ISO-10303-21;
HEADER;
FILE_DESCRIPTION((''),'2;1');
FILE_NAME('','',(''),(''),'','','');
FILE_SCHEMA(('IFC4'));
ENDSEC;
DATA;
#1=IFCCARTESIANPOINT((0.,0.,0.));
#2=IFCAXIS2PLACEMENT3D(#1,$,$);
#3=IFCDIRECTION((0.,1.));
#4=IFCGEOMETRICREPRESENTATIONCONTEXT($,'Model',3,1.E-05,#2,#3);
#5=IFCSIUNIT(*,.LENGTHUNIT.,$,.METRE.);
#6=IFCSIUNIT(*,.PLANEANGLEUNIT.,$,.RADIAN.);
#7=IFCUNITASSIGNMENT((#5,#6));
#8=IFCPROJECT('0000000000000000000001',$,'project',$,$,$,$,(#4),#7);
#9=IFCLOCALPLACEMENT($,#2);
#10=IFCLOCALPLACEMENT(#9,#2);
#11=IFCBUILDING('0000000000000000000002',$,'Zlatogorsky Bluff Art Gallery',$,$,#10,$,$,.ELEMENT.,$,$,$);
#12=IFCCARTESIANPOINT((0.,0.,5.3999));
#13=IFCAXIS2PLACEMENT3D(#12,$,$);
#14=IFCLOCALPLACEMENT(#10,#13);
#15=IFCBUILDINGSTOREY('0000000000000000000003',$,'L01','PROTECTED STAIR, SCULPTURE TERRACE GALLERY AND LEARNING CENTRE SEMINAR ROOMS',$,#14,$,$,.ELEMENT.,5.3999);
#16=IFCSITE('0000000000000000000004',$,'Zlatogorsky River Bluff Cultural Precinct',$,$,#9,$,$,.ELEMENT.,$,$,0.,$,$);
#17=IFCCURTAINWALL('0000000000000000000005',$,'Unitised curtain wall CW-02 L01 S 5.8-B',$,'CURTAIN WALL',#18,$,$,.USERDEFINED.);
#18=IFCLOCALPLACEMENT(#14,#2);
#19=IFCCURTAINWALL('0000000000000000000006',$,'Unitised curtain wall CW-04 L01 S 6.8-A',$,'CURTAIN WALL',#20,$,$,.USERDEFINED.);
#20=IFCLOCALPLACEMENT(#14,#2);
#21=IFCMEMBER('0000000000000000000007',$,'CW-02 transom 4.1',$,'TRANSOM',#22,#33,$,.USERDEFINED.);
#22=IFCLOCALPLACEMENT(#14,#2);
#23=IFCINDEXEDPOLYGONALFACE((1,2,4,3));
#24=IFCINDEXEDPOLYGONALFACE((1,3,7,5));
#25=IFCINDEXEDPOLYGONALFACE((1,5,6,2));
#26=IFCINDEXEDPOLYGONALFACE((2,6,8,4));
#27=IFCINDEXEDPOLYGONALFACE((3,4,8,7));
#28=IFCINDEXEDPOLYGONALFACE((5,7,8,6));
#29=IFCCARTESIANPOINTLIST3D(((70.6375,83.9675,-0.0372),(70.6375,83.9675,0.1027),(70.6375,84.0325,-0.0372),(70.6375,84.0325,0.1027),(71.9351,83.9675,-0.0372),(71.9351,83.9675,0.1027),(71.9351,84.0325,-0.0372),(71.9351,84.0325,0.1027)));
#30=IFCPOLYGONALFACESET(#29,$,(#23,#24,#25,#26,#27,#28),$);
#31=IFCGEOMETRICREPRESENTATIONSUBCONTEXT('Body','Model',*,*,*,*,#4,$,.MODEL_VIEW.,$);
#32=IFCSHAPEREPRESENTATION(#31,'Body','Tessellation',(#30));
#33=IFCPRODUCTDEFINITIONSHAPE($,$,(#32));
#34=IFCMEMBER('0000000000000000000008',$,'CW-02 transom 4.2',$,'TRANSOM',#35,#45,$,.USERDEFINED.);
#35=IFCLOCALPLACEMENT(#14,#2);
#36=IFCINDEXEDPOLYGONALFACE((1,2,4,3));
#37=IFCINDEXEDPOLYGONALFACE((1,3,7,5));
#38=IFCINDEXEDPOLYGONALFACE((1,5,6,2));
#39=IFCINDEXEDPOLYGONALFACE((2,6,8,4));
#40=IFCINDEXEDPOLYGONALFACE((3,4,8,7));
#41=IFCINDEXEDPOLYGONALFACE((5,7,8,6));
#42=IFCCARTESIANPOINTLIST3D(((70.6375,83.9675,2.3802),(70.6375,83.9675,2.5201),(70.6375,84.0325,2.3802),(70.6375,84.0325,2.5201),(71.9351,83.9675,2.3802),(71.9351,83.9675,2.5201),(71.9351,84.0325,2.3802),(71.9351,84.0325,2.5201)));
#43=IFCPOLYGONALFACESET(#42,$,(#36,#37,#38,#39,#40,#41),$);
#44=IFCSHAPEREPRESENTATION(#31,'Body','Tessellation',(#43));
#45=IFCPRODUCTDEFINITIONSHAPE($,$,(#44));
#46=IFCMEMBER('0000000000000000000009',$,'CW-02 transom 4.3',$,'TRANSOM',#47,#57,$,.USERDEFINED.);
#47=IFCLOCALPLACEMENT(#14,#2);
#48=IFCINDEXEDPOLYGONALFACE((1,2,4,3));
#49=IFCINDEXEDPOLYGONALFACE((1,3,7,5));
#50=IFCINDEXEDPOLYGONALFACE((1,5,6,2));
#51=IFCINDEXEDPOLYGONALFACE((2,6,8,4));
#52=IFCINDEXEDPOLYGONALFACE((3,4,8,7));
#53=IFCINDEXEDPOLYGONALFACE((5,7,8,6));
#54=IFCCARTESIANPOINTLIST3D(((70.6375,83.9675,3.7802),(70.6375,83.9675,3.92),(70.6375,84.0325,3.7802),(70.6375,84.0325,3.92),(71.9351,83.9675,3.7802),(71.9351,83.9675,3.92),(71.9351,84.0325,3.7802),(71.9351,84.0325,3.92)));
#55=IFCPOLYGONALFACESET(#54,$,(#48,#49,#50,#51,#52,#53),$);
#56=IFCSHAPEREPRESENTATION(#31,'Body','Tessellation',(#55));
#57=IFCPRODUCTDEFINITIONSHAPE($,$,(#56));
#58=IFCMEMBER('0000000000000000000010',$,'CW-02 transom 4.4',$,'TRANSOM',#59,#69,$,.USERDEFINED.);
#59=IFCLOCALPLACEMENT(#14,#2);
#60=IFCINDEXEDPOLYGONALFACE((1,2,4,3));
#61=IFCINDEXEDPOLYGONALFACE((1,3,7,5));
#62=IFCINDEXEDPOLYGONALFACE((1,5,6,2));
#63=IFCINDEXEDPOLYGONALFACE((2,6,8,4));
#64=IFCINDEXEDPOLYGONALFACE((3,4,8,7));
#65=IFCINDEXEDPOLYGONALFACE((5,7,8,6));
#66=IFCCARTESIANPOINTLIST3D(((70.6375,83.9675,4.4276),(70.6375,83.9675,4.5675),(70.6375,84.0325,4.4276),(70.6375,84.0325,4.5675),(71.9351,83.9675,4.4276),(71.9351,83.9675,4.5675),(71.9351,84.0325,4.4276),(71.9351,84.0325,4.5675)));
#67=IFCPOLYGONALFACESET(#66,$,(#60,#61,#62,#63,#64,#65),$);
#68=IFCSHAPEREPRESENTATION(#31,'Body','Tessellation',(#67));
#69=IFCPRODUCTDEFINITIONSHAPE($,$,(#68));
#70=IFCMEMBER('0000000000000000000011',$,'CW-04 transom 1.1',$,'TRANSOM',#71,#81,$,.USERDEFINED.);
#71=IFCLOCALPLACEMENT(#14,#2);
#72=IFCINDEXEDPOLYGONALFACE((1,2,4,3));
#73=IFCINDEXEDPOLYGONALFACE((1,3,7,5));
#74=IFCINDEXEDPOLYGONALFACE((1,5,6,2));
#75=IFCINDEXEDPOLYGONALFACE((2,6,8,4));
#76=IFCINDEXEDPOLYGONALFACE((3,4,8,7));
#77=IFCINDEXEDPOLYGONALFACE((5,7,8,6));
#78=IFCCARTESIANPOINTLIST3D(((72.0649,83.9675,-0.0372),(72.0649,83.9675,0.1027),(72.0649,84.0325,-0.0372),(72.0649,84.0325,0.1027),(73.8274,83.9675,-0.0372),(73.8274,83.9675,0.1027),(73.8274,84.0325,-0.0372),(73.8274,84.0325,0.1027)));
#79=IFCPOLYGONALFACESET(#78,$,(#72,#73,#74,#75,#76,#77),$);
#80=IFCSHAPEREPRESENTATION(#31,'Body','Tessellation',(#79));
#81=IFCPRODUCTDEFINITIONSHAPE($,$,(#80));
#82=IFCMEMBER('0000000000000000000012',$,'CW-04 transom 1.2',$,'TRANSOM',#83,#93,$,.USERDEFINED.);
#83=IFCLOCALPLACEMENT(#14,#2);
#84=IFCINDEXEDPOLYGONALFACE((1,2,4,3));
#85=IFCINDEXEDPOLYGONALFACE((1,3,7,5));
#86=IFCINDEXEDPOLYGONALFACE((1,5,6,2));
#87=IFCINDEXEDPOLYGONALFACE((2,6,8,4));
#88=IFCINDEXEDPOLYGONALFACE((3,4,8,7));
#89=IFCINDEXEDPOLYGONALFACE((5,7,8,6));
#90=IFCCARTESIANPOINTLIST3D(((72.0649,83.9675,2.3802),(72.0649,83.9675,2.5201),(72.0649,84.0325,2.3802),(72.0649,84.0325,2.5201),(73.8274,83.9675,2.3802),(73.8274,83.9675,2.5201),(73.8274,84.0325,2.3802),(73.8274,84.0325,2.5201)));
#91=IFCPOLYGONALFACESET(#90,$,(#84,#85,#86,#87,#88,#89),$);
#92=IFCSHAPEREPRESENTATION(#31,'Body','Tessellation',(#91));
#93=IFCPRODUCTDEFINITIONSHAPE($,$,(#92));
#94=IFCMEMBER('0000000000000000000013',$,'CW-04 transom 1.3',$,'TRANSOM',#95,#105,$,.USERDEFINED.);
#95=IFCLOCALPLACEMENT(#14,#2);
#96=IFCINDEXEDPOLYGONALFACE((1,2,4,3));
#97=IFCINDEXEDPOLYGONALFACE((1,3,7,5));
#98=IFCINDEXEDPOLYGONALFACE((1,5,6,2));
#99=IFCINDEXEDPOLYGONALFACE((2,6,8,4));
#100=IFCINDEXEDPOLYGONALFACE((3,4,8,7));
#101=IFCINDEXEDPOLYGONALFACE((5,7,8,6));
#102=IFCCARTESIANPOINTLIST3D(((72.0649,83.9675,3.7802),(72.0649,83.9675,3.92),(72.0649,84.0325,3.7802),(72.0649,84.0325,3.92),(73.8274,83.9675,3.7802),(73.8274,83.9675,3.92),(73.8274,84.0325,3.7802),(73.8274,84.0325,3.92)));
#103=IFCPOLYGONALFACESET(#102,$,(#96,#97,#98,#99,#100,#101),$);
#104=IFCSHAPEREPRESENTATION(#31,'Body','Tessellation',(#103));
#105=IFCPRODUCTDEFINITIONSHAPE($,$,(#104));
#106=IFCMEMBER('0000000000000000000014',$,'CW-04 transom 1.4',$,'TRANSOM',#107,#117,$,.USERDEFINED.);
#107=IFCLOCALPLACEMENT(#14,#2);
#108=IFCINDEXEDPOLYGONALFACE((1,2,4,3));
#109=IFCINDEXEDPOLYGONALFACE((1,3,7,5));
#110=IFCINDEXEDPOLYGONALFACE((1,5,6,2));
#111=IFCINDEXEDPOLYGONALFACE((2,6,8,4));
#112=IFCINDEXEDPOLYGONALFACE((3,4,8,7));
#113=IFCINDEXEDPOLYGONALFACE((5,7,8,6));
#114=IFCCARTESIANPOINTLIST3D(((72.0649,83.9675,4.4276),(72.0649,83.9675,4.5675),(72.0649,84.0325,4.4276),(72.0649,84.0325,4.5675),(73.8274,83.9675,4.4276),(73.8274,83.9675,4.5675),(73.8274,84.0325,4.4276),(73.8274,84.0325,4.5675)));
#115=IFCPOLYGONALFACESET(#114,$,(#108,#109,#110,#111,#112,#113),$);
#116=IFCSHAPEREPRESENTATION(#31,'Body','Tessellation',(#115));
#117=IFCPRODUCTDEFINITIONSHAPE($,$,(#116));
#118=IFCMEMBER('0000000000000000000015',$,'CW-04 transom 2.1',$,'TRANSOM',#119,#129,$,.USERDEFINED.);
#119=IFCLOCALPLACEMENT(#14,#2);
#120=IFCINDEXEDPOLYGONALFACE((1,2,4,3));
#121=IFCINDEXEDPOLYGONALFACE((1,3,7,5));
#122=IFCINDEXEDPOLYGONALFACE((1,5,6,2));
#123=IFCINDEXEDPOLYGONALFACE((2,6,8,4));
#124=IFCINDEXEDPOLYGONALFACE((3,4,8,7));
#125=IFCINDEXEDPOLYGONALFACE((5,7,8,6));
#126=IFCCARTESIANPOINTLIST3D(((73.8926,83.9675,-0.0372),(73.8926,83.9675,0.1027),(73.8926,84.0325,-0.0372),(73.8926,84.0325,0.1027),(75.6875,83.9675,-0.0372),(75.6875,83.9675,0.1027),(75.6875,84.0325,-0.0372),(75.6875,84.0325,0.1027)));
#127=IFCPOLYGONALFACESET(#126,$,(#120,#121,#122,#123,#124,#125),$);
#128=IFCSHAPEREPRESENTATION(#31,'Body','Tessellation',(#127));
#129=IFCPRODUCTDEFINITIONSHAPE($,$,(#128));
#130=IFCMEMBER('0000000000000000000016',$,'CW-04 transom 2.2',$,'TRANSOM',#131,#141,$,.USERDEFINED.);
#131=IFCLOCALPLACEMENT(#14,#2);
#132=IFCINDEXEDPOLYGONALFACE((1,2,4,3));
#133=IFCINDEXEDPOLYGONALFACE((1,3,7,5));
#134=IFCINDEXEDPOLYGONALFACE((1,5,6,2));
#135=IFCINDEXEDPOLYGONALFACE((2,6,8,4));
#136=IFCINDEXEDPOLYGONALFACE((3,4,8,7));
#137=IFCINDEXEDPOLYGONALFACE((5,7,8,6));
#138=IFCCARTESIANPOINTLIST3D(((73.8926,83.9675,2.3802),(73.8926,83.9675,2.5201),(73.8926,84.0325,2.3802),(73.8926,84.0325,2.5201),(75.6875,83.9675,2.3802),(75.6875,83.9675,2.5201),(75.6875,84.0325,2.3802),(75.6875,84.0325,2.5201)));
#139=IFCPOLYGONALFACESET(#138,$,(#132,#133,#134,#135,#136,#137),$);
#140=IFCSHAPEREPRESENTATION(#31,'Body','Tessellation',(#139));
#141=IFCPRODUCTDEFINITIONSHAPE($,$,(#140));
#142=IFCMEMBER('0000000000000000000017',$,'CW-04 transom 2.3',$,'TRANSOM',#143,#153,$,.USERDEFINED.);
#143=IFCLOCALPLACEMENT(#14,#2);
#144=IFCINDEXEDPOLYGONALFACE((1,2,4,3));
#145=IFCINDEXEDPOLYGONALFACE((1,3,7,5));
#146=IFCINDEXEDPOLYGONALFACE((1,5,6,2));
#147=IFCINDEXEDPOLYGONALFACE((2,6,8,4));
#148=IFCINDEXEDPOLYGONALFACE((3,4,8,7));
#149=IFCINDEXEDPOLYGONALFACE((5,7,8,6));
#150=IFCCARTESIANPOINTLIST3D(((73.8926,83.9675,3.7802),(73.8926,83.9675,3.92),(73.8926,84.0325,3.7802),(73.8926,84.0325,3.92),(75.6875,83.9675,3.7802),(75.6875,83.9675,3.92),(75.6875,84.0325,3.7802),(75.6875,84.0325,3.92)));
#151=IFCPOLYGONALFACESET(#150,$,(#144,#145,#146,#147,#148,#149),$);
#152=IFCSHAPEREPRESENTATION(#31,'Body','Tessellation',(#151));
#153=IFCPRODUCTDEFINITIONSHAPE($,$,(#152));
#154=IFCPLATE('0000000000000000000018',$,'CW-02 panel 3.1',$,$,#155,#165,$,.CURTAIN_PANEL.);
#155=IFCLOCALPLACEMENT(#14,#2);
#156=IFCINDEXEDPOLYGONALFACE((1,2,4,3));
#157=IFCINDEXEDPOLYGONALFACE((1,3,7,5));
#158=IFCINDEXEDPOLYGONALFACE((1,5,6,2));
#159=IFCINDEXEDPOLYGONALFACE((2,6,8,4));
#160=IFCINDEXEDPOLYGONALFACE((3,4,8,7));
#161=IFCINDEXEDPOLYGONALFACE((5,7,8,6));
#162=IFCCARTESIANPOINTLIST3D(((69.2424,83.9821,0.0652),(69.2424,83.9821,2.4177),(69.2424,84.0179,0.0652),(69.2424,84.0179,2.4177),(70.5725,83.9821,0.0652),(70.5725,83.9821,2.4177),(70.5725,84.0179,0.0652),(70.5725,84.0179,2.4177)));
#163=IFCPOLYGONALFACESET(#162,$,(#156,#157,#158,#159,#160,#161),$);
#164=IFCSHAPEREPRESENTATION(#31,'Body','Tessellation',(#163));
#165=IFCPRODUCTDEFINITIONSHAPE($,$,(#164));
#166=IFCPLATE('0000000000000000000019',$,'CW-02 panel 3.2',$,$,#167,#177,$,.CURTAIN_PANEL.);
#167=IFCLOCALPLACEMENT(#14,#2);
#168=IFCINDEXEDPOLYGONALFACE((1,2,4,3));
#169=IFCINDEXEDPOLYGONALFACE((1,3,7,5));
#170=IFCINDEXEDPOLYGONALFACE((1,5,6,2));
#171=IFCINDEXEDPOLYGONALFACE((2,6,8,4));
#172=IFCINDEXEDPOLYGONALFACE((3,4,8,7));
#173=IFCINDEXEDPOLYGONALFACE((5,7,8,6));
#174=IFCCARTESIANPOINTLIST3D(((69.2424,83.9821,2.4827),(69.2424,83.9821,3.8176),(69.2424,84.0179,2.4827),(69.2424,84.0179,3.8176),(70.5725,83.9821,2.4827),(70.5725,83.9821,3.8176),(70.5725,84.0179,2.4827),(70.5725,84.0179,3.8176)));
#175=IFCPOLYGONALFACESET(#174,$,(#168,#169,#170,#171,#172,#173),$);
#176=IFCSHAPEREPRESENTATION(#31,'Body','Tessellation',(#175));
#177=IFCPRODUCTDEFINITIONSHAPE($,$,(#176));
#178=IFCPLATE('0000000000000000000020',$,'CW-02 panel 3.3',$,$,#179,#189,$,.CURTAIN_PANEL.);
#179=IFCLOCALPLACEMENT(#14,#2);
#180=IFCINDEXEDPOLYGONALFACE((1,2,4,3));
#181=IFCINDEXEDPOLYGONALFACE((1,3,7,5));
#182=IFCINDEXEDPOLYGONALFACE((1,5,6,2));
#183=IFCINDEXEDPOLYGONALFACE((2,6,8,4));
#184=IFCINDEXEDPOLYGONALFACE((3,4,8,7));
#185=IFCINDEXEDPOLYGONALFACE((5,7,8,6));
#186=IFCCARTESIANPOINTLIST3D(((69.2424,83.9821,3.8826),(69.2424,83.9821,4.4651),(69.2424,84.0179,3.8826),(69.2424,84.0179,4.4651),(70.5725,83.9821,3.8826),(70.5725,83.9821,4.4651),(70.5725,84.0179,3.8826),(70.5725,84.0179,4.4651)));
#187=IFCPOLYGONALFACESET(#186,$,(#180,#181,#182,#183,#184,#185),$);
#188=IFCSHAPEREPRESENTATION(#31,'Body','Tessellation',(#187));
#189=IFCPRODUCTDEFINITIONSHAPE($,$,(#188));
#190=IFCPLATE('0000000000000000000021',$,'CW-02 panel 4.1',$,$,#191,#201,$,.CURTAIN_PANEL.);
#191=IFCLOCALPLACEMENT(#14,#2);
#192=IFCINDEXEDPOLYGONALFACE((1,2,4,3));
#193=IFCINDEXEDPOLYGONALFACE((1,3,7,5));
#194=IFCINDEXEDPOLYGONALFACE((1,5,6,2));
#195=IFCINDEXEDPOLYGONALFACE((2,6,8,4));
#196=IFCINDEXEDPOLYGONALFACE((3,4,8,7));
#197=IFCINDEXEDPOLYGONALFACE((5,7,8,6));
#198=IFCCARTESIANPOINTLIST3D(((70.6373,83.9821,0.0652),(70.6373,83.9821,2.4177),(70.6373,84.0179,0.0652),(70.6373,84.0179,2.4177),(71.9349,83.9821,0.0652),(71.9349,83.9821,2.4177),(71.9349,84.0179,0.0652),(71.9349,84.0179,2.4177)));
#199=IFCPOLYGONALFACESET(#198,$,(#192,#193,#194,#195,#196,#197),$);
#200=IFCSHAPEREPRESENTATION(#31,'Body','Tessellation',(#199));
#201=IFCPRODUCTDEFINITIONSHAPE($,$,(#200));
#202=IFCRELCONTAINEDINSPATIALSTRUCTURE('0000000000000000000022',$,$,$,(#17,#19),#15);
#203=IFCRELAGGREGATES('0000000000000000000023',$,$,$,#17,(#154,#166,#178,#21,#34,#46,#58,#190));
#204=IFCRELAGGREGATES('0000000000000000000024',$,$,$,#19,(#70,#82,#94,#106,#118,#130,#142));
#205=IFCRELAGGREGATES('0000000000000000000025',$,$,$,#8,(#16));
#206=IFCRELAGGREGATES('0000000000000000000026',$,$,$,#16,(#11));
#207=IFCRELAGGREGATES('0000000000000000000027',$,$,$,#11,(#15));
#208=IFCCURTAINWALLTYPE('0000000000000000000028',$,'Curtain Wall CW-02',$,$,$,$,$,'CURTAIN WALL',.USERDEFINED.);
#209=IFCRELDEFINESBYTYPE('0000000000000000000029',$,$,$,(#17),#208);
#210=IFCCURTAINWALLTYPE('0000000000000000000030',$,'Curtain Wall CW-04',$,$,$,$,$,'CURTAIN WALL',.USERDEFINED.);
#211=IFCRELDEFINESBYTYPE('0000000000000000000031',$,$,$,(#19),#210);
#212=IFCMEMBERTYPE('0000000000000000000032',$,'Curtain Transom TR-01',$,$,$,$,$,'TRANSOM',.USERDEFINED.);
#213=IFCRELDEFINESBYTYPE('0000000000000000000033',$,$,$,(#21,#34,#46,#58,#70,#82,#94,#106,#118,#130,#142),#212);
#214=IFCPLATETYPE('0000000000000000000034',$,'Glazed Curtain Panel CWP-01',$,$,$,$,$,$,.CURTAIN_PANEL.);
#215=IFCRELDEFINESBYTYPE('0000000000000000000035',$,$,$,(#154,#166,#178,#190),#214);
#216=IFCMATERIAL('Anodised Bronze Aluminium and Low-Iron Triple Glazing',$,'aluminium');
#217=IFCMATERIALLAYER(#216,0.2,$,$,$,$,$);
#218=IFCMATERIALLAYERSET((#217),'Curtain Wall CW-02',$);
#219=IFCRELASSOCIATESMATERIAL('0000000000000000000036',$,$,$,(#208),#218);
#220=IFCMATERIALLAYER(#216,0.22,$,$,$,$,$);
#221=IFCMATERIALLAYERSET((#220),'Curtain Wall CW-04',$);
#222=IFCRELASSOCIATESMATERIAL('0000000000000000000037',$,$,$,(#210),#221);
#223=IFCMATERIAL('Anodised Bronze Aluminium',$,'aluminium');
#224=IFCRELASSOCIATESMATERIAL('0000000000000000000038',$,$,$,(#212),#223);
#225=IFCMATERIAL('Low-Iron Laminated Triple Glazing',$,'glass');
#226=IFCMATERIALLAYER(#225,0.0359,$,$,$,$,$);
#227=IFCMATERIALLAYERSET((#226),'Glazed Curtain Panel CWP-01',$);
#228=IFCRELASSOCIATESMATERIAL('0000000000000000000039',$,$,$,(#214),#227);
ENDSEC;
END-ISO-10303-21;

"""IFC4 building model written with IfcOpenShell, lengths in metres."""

from ifc_helpers import new_model, si_unit, direction, frame, origin, origin_2d, place, context, subcontext, project, spatial, rectangle, extrude, material, layer, layer_set, material_profile, profile_set, type_object, element, aggregate, save


model = new_model("IFC4")

# Units and contexts
model_context = context("Model", 3, precision=1e-05, world=origin(), true_north=direction((0.0, 1.0)))
body_context = subcontext(model_context, "Body", "Model", "MODEL_VIEW")
ifc_project = project(units=[si_unit("LENGTHUNIT", "METRE"), si_unit("PLANEANGLEUNIT", "RADIAN")], contexts=[model_context])

# Site, building, storey
site_placement = place(None, origin())
site = spatial("IfcSite", under=ifc_project, at=site_placement, Name="Zlatogorsky River Bluff Cultural Precinct", CompositionType="ELEMENT", RefElevation=0.0)
building_placement = place(site_placement, origin())
building = spatial("IfcBuilding", under=site, at=building_placement, Name="Zlatogorsky Bluff Art Gallery", CompositionType="ELEMENT")
storey_placement = place(building_placement, frame((0.0, 0.0, 5.3999)))
storey = spatial("IfcBuildingStorey", under=building, at=storey_placement, Name="L01", Description="PROTECTED STAIR, SCULPTURE TERRACE GALLERY AND LEARNING CENTRE SEMINAR ROOMS", CompositionType="ELEMENT", Elevation=5.3999)

# Curtain walls
ifc_material_1 = material(Name="Anodised Bronze Aluminium and Low-Iron Triple Glazing", Category="aluminium")
ifc_layer_1 = layer(ifc_material_1, 0.2)
ifc_layer_set_1 = layer_set([ifc_layer_1], Name="Curtain Wall CW-02")
curtain_wall_type_1 = type_object("IfcCurtainWallType", Name="Curtain Wall CW-02", ElementType="CURTAIN WALL", PredefinedType="USERDEFINED", material=ifc_layer_set_1)
curtain_wall_1_placement = place(storey_placement, origin())
curtain_wall_1 = element("IfcCurtainWall", 1, at=curtain_wall_1_placement, inside=storey, type_object=curtain_wall_type_1, Name="Unitised curtain wall CW-02 L01 S 5.8-B", ObjectType="CURTAIN WALL", PredefinedType="USERDEFINED")
ifc_material_2 = material(Name="Anodised Bronze Aluminium", Category="aluminium")
ifc_layer_2 = layer(ifc_material_1, 0.22)
ifc_layer_set_2 = layer_set([ifc_layer_2], Name="Curtain Wall CW-04")
curtain_wall_type_2 = type_object("IfcCurtainWallType", Name="Curtain Wall CW-04", ElementType="CURTAIN WALL", PredefinedType="USERDEFINED", material=ifc_layer_set_2)
curtain_wall_2_placement = place(storey_placement, origin())
curtain_wall_2 = element("IfcCurtainWall", 2, at=curtain_wall_2_placement, inside=storey, type_object=curtain_wall_type_2, Name="Unitised curtain wall CW-04 L01 S 6.8-A", ObjectType="CURTAIN WALL", PredefinedType="USERDEFINED")

# Members
ifc_material_profile_1 = material_profile(ifc_material_2, rectangle(XDim=0.0649, YDim=0.1399, at=origin_2d()), Name="ALU TRANSOM 65x140")
ifc_profile_set_1 = profile_set([ifc_material_profile_1], Name="Anodised Bronze Aluminium")
member_type_1 = type_object("IfcMemberType", Name="Curtain Transom TR-01", ElementType="TRANSOM", PredefinedType="USERDEFINED", material=ifc_profile_set_1)
member_1_placement = place(storey_placement, frame((70.6375, 84.0, 0.0327), z_axis=(1.0, 0.0, 0.0), x_axis=(0.0, 1.0, 0.0)))
member_1 = element("IfcMember", 3, at=member_1_placement, type_object=member_type_1, Name="CW-02 transom 4.1", ObjectType="TRANSOM", PredefinedType="USERDEFINED", context=body_context, shape_type="SweptSolid", body=[
    extrude(rectangle(XDim=0.0649, YDim=0.1399, at=origin_2d()), origin(), (0.0, 0.0, 1.0), 1.2976),
])
member_2_placement = place(storey_placement, frame((70.6375, 84.0, 2.4502), z_axis=(1.0, 0.0, 0.0), x_axis=(0.0, 1.0, 0.0)))
member_2 = element("IfcMember", 4, at=member_2_placement, type_object=member_type_1, Name="CW-02 transom 4.2", ObjectType="TRANSOM", PredefinedType="USERDEFINED", context=body_context, shape_type="SweptSolid", body=[
    extrude(rectangle(XDim=0.0649, YDim=0.1399, at=origin_2d()), origin(), (0.0, 0.0, 1.0), 1.2976),
])
member_3_placement = place(storey_placement, frame((70.6375, 84.0, 3.8501), z_axis=(1.0, 0.0, 0.0), x_axis=(0.0, 1.0, 0.0)))
member_3 = element("IfcMember", 5, at=member_3_placement, type_object=member_type_1, Name="CW-02 transom 4.3", ObjectType="TRANSOM", PredefinedType="USERDEFINED", context=body_context, shape_type="SweptSolid", body=[
    extrude(rectangle(XDim=0.0649, YDim=0.1399, at=origin_2d()), origin(), (0.0, 0.0, 1.0), 1.2976),
])
member_4_placement = place(storey_placement, frame((70.6375, 84.0, 4.4976), z_axis=(1.0, 0.0, 0.0), x_axis=(0.0, 1.0, 0.0)))
member_4 = element("IfcMember", 6, at=member_4_placement, type_object=member_type_1, Name="CW-02 transom 4.4", ObjectType="TRANSOM", PredefinedType="USERDEFINED", context=body_context, shape_type="SweptSolid", body=[
    extrude(rectangle(XDim=0.0649, YDim=0.1399, at=origin_2d()), origin(), (0.0, 0.0, 1.0), 1.2976),
])
member_5_placement = place(storey_placement, frame((72.0649, 84.0, 0.0327), z_axis=(1.0, 0.0, 0.0), x_axis=(0.0, 1.0, 0.0)))
member_5 = element("IfcMember", 7, at=member_5_placement, type_object=member_type_1, Name="CW-04 transom 1.1", ObjectType="TRANSOM", PredefinedType="USERDEFINED", context=body_context, shape_type="SweptSolid", body=[
    extrude(rectangle(XDim=0.0649, YDim=0.1399, at=origin_2d()), origin(), (0.0, 0.0, 1.0), 1.7625),
])
member_6_placement = place(storey_placement, frame((72.0649, 84.0, 2.4502), z_axis=(1.0, 0.0, 0.0), x_axis=(0.0, 1.0, 0.0)))
member_6 = element("IfcMember", 8, at=member_6_placement, type_object=member_type_1, Name="CW-04 transom 1.2", ObjectType="TRANSOM", PredefinedType="USERDEFINED", context=body_context, shape_type="SweptSolid", body=[
    extrude(rectangle(XDim=0.0649, YDim=0.1399, at=origin_2d()), origin(), (0.0, 0.0, 1.0), 1.7625),
])
member_7_placement = place(storey_placement, frame((72.0649, 84.0, 3.8501), z_axis=(1.0, 0.0, 0.0), x_axis=(0.0, 1.0, 0.0)))
member_7 = element("IfcMember", 9, at=member_7_placement, type_object=member_type_1, Name="CW-04 transom 1.3", ObjectType="TRANSOM", PredefinedType="USERDEFINED", context=body_context, shape_type="SweptSolid", body=[
    extrude(rectangle(XDim=0.0649, YDim=0.1399, at=origin_2d()), origin(), (0.0, 0.0, 1.0), 1.7625),
])
member_8_placement = place(storey_placement, frame((72.0649, 84.0, 4.4976), z_axis=(1.0, 0.0, 0.0), x_axis=(0.0, 1.0, 0.0)))
member_8 = element("IfcMember", 10, at=member_8_placement, type_object=member_type_1, Name="CW-04 transom 1.4", ObjectType="TRANSOM", PredefinedType="USERDEFINED", context=body_context, shape_type="SweptSolid", body=[
    extrude(rectangle(XDim=0.0649, YDim=0.1399, at=origin_2d()), origin(), (0.0, 0.0, 1.0), 1.7625),
])
member_9_placement = place(storey_placement, frame((73.8926, 84.0, 0.0327), z_axis=(1.0, 0.0, 0.0), x_axis=(0.0, 1.0, 0.0)))
member_9 = element("IfcMember", 11, at=member_9_placement, type_object=member_type_1, Name="CW-04 transom 2.1", ObjectType="TRANSOM", PredefinedType="USERDEFINED", context=body_context, shape_type="SweptSolid", body=[
    extrude(rectangle(XDim=0.0649, YDim=0.1399, at=origin_2d()), origin(), (0.0, 0.0, 1.0), 1.7949),
])
member_10_placement = place(storey_placement, frame((73.8926, 84.0, 2.4502), z_axis=(1.0, 0.0, 0.0), x_axis=(0.0, 1.0, 0.0)))
member_10 = element("IfcMember", 12, at=member_10_placement, type_object=member_type_1, Name="CW-04 transom 2.2", ObjectType="TRANSOM", PredefinedType="USERDEFINED", context=body_context, shape_type="SweptSolid", body=[
    extrude(rectangle(XDim=0.0649, YDim=0.1399, at=origin_2d()), origin(), (0.0, 0.0, 1.0), 1.7949),
])
member_11_placement = place(storey_placement, frame((73.8926, 84.0, 3.8501), z_axis=(1.0, 0.0, 0.0), x_axis=(0.0, 1.0, 0.0)))
member_11 = element("IfcMember", 13, at=member_11_placement, type_object=member_type_1, Name="CW-04 transom 2.3", ObjectType="TRANSOM", PredefinedType="USERDEFINED", context=body_context, shape_type="SweptSolid", body=[
    extrude(rectangle(XDim=0.0649, YDim=0.1399, at=origin_2d()), origin(), (0.0, 0.0, 1.0), 1.7949),
])

# Plates
ifc_material_3 = material(Name="Low-Iron Laminated Triple Glazing", Category="glass")
ifc_layer_3 = layer(ifc_material_3, 0.0359)
ifc_layer_set_3 = layer_set([ifc_layer_3], Name="Glazed Curtain Panel CWP-01")
plate_type = type_object("IfcPlateType", Name="Glazed Curtain Panel CWP-01", PredefinedType="CURTAIN_PANEL", material=ifc_layer_set_3)
plate_1_placement = place(storey_placement, frame((69.9075, 84.0, 0.0652), z_axis=(0.0, 0.0, 1.0), x_axis=(1.0, 0.0, 0.0)))
plate_1 = element("IfcPlate", 14, at=plate_1_placement, type_object=plate_type, Name="CW-02 panel 3.1", PredefinedType="CURTAIN_PANEL", context=body_context, shape_type="SweptSolid", body=[
    extrude(rectangle(XDim=1.3301, YDim=0.0359, at=origin_2d()), origin(), (0.0, 0.0, 1.0), 2.3525),
])
plate_2_placement = place(storey_placement, frame((69.9075, 84.0, 2.4827), z_axis=(0.0, 0.0, 1.0), x_axis=(1.0, 0.0, 0.0)))
plate_2 = element("IfcPlate", 15, at=plate_2_placement, type_object=plate_type, Name="CW-02 panel 3.2", PredefinedType="CURTAIN_PANEL", context=body_context, shape_type="SweptSolid", body=[
    extrude(rectangle(XDim=1.3301, YDim=0.0359, at=origin_2d()), origin(), (0.0, 0.0, 1.0), 1.335),
])
plate_3_placement = place(storey_placement, frame((69.9075, 84.0, 3.8826), z_axis=(0.0, 0.0, 1.0), x_axis=(1.0, 0.0, 0.0)))
plate_3 = element("IfcPlate", 16, at=plate_3_placement, type_object=plate_type, Name="CW-02 panel 3.3", PredefinedType="CURTAIN_PANEL", context=body_context, shape_type="SweptSolid", body=[
    extrude(rectangle(XDim=1.3301, YDim=0.0359, at=origin_2d()), origin(), (0.0, 0.0, 1.0), 0.5825),
])
plate_4_placement = place(storey_placement, frame((71.2861, 84.0, 0.0652), z_axis=(0.0, 0.0, 1.0), x_axis=(1.0, 0.0, 0.0)))
plate_4 = element("IfcPlate", 17, at=plate_4_placement, type_object=plate_type, Name="CW-02 panel 4.1", PredefinedType="CURTAIN_PANEL", context=body_context, shape_type="SweptSolid", body=[
    extrude(rectangle(XDim=1.2976, YDim=0.0359, at=origin_2d()), origin(), (0.0, 0.0, 1.0), 2.3525),
])
aggregate(curtain_wall_1, [plate_1, plate_2, plate_3, member_1, member_2, member_3, member_4, plate_4])
aggregate(curtain_wall_2, [member_5, member_6, member_7, member_8, member_9, member_10, member_11])

save(model, "model.ifc")
